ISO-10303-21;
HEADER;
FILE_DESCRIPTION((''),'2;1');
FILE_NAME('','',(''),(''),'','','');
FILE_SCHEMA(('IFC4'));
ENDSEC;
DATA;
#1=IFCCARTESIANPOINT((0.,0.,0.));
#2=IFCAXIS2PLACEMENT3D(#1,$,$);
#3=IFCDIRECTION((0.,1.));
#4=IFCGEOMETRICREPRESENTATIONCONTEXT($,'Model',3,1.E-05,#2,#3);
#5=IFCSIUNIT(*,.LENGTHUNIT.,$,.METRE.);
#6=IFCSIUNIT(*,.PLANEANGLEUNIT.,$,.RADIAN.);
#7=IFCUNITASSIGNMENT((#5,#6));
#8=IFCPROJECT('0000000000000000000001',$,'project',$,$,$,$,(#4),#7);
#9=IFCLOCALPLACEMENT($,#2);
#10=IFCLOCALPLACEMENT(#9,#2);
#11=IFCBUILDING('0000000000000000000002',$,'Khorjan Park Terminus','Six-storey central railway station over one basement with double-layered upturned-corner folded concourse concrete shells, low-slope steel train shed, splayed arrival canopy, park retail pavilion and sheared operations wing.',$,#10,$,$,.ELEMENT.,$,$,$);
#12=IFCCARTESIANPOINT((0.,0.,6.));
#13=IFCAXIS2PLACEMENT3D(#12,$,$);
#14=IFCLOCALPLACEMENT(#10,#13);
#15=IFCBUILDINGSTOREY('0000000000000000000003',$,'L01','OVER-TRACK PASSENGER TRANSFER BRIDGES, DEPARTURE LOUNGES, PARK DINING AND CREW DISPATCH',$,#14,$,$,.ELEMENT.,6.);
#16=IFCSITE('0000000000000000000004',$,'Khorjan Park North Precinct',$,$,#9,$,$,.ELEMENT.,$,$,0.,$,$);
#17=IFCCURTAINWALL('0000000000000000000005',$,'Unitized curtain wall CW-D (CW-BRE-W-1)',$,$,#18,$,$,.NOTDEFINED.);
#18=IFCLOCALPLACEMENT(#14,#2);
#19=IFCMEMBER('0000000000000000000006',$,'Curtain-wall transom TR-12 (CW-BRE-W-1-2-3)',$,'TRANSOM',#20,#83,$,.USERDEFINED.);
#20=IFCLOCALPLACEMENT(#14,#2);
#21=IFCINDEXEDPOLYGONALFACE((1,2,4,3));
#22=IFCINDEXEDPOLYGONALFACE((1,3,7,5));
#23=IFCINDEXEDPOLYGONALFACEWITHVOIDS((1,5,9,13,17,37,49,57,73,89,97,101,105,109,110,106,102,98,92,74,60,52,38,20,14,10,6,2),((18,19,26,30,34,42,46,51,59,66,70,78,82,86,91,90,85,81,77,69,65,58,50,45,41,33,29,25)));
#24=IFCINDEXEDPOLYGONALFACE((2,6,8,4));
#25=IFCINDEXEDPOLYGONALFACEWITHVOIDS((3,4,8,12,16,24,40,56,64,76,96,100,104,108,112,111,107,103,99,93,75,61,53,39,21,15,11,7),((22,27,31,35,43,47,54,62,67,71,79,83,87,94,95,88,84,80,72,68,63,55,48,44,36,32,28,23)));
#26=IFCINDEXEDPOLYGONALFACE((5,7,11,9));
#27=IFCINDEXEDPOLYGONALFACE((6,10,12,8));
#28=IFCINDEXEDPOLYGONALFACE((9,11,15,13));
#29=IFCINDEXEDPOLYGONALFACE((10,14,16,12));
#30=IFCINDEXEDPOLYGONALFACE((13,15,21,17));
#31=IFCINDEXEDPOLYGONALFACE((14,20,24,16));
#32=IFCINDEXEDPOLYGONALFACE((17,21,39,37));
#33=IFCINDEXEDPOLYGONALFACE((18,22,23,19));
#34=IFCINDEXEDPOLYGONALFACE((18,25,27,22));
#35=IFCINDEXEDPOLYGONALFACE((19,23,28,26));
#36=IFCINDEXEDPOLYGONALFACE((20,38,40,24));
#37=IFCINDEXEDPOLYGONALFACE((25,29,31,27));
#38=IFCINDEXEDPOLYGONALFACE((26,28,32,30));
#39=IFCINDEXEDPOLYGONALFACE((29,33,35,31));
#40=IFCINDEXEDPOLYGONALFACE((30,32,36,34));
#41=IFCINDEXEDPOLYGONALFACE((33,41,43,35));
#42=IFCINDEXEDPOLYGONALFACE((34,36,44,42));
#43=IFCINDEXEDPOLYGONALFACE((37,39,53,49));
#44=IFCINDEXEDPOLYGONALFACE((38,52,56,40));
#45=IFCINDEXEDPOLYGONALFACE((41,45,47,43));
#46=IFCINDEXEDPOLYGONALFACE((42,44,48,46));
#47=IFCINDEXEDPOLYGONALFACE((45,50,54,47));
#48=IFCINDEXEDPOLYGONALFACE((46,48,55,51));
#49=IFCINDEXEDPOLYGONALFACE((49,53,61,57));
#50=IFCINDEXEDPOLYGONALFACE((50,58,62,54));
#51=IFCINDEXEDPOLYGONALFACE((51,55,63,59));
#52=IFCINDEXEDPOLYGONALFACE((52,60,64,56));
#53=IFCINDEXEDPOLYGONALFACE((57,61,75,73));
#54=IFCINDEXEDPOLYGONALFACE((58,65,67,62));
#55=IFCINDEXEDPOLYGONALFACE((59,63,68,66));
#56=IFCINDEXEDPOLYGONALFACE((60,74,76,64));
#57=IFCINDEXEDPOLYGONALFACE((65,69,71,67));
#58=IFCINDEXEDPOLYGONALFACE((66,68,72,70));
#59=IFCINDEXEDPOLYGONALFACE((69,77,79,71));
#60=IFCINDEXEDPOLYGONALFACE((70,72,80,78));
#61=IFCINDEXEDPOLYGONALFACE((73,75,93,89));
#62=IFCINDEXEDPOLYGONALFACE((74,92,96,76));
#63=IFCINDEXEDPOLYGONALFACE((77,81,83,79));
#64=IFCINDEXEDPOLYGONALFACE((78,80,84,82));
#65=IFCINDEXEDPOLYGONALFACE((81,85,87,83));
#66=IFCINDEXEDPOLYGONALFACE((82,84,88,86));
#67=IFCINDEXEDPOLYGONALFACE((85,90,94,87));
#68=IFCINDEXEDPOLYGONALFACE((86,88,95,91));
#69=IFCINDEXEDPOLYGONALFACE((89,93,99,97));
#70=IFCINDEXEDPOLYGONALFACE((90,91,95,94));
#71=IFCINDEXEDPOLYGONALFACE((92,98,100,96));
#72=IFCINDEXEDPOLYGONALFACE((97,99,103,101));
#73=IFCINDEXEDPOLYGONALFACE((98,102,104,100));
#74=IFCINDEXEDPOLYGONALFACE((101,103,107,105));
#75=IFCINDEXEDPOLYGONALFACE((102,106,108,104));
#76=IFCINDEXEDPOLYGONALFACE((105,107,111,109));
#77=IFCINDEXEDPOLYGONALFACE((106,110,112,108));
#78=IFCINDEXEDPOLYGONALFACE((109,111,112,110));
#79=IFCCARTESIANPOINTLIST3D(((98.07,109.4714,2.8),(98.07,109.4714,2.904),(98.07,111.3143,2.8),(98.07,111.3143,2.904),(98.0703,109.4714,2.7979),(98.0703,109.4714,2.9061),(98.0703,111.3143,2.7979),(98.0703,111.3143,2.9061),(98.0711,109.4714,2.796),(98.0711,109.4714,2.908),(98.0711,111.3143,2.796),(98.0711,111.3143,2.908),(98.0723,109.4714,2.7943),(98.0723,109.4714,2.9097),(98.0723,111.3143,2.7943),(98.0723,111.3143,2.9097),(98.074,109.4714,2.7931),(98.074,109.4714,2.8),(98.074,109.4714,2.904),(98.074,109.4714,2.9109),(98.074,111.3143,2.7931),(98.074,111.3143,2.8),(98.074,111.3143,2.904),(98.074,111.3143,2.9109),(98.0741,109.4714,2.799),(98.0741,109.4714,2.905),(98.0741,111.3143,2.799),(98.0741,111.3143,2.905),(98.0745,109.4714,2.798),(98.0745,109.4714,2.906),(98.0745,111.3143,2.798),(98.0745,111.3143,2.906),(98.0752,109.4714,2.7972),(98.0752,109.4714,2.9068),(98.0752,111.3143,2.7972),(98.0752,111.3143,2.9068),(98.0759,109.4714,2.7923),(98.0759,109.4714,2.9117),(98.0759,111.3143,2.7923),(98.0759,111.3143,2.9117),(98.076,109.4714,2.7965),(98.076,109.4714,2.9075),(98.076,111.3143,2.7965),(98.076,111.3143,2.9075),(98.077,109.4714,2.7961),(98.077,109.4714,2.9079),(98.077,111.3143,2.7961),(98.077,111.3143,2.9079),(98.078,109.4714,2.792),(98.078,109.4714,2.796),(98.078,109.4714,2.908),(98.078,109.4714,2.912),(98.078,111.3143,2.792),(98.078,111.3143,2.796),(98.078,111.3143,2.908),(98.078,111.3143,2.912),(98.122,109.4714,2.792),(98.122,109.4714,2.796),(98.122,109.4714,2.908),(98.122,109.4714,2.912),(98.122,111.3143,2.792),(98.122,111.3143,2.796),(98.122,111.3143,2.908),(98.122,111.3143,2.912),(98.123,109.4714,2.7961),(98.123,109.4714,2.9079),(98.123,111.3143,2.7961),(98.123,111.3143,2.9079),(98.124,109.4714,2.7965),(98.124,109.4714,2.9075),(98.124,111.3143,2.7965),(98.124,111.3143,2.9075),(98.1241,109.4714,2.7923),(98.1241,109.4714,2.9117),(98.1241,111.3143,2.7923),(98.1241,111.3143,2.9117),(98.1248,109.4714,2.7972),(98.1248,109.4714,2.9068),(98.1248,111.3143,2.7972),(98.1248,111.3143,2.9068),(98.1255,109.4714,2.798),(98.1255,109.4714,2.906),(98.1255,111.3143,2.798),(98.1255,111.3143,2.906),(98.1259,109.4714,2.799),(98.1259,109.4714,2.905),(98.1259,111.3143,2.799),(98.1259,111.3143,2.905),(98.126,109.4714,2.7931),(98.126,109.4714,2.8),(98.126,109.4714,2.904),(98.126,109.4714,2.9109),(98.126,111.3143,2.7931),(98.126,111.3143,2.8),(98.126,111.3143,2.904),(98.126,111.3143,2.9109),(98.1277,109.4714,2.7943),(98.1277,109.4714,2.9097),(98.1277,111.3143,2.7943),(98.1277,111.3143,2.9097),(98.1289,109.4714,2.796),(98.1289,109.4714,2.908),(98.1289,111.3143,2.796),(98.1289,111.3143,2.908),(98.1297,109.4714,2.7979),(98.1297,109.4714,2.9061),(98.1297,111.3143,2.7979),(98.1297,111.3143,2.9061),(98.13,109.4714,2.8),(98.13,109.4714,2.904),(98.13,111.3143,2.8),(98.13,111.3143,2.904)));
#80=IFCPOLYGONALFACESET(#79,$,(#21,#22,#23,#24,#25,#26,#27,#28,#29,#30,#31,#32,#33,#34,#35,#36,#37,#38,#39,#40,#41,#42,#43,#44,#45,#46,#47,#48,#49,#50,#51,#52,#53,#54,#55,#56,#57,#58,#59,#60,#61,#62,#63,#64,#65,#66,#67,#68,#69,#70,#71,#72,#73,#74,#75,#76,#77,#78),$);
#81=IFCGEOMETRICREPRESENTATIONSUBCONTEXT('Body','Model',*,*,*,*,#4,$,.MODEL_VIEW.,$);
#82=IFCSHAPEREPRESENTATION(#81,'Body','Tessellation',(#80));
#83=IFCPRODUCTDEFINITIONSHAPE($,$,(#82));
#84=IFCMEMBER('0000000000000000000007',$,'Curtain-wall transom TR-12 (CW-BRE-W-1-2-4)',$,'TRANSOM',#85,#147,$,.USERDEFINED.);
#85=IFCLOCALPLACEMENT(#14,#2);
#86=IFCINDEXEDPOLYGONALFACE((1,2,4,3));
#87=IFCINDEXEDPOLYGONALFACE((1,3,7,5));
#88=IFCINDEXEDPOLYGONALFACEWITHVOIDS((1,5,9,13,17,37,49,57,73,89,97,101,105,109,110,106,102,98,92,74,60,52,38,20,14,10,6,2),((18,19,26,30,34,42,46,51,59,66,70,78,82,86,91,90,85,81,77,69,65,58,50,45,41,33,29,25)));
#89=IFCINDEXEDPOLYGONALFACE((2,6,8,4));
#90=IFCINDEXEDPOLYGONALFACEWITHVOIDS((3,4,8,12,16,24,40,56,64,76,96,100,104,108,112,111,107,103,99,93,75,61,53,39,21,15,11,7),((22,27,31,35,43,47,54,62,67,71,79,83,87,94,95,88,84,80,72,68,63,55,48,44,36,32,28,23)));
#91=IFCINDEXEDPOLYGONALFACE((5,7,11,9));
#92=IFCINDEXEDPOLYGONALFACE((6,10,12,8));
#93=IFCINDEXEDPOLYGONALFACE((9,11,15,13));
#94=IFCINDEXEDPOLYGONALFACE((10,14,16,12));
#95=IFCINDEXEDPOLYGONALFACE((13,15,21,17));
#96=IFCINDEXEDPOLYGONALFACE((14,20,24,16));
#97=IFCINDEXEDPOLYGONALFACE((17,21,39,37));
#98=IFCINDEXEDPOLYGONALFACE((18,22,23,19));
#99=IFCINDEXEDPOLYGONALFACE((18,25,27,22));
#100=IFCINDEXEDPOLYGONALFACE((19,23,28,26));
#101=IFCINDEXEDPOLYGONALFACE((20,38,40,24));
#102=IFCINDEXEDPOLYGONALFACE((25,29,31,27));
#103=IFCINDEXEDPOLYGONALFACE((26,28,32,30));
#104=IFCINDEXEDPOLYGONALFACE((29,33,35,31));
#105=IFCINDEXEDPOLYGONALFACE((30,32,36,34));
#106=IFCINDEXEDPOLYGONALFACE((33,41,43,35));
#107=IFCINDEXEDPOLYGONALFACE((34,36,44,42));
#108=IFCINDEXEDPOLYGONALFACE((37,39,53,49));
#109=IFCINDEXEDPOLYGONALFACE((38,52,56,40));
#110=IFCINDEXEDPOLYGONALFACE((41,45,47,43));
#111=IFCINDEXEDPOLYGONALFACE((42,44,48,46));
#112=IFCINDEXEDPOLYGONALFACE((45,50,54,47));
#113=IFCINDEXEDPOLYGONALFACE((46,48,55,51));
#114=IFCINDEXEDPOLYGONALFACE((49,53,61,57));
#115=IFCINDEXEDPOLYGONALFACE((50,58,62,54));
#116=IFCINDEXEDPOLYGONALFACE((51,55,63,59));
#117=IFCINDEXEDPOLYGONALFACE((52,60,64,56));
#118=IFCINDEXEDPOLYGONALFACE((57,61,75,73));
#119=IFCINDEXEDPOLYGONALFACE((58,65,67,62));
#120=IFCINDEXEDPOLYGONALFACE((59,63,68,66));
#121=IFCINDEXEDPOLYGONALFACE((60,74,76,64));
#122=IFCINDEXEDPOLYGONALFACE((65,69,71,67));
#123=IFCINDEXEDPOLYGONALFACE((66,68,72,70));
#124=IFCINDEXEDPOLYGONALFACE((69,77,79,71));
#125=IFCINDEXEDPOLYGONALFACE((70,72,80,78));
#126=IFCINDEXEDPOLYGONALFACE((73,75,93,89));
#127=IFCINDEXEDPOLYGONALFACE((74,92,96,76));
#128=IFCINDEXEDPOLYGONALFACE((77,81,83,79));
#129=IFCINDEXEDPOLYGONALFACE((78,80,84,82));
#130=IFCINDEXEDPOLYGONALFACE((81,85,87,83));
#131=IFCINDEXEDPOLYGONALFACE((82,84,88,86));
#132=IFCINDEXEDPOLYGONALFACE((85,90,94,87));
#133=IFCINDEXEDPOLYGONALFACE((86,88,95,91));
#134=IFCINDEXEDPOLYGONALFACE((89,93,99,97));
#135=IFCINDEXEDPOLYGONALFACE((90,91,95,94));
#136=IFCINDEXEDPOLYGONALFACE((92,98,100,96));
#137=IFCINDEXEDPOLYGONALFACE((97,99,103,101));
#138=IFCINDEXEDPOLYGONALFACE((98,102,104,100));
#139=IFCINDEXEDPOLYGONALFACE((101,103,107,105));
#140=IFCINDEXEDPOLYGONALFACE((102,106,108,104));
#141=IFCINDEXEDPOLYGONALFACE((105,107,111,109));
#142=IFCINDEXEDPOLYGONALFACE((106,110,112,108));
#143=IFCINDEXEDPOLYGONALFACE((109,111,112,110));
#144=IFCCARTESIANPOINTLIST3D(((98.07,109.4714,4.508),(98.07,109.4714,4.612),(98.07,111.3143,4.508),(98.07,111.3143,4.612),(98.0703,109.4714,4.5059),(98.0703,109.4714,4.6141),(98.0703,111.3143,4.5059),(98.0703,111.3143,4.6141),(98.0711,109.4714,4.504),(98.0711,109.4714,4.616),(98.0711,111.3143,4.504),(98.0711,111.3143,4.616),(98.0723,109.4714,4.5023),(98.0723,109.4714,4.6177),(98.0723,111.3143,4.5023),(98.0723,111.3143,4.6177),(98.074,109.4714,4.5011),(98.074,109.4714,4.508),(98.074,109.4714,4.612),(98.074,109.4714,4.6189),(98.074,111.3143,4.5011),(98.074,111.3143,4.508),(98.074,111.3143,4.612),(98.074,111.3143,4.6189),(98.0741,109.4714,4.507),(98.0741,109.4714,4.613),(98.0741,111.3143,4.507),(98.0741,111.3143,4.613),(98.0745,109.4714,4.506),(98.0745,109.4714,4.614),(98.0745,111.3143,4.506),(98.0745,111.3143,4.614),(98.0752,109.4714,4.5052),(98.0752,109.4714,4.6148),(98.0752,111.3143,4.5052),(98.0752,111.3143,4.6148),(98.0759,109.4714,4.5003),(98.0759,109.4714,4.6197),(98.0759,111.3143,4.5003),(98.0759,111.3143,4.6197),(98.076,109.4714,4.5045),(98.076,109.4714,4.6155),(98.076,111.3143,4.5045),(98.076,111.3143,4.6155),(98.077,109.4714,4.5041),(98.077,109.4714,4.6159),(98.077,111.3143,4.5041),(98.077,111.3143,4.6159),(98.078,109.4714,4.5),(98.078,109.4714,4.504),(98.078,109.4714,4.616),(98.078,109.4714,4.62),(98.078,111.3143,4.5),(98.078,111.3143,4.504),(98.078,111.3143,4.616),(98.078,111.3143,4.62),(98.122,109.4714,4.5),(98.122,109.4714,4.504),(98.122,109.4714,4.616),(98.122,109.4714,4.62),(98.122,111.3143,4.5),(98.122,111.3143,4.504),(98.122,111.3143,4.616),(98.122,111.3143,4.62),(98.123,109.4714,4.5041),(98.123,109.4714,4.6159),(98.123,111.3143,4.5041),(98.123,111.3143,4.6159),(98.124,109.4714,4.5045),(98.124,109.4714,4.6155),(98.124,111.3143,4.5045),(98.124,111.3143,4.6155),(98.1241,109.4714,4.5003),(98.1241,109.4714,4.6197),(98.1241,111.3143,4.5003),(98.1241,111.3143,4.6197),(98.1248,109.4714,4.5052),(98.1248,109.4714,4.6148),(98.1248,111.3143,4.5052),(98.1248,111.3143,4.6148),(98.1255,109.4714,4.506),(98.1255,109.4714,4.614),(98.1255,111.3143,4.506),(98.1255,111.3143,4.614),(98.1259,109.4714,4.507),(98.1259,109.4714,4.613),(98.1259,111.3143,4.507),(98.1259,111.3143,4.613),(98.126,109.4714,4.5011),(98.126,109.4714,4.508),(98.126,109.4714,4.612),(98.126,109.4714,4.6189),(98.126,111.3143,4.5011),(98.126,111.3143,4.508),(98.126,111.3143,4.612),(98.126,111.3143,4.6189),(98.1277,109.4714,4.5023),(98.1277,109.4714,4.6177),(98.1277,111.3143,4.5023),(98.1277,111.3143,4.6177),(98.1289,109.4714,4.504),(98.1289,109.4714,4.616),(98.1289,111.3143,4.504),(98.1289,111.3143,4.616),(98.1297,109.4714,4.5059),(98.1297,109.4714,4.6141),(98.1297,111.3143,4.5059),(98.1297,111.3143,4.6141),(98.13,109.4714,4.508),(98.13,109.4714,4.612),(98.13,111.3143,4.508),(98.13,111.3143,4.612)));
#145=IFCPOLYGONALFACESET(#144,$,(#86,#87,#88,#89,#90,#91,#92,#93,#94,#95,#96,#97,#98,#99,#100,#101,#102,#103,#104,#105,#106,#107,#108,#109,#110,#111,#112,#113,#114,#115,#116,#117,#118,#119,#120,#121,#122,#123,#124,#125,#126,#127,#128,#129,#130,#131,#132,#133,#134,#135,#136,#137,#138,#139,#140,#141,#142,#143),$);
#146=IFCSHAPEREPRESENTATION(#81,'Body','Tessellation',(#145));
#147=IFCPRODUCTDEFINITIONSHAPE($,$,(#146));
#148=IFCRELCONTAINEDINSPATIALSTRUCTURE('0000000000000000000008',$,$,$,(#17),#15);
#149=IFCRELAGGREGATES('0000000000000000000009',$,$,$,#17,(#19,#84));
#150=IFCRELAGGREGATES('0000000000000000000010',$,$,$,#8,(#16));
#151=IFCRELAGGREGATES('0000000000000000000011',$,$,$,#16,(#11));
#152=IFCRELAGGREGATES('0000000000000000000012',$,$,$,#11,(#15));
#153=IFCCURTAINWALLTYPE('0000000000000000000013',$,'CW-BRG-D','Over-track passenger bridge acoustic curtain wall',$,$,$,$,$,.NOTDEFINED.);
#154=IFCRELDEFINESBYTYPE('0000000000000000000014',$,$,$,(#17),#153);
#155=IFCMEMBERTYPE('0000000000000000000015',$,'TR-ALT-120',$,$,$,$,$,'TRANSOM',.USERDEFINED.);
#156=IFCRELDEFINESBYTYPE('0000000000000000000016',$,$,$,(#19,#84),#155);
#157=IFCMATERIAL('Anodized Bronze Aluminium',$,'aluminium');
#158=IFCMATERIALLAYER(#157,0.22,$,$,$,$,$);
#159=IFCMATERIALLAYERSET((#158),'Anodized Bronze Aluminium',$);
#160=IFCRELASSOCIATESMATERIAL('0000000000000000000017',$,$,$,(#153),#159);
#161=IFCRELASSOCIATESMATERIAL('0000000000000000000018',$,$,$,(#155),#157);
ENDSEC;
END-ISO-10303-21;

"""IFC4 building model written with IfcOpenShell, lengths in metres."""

from ifc_helpers import new_model, si_unit, direction, frame, origin, origin_2d, place, context, subcontext, project, spatial, hollow_rectangle, extrude, material, layer, layer_set, material_profile, profile_set, type_object, element, aggregate, save


model = new_model("IFC4")

# Units and contexts
model_context = context("Model", 3, precision=1e-05, world=origin(), true_north=direction((0.0, 1.0)))
body_context = subcontext(model_context, "Body", "Model", "MODEL_VIEW")
ifc_project = project(units=[si_unit("LENGTHUNIT", "METRE"), si_unit("PLANEANGLEUNIT", "RADIAN")], contexts=[model_context])

# Site, building, storey
site_placement = place(None, origin())
site = spatial("IfcSite", under=ifc_project, at=site_placement, Name="Khorjan Park North Precinct", CompositionType="ELEMENT", RefElevation=0.0)
building_placement = place(site_placement, origin())
building = spatial("IfcBuilding", under=site, at=building_placement, Name="Khorjan Park Terminus", Description="Six-storey central railway station over one basement with double-layered upturned-corner folded concourse concrete shells, low-slope steel train shed, splayed arrival canopy, park retail pavilion and sheared operations wing.", CompositionType="ELEMENT")
storey_placement = place(building_placement, frame((0.0, 0.0, 6.0)))
storey = spatial("IfcBuildingStorey", under=building, at=storey_placement, Name="L01", Description="OVER-TRACK PASSENGER TRANSFER BRIDGES, DEPARTURE LOUNGES, PARK DINING AND CREW DISPATCH", CompositionType="ELEMENT", Elevation=6.0)

# Shared definitions
ifc_material_1 = material(Name="Anodized Bronze Aluminium", Category="aluminium")
ifc_layer_1 = layer(ifc_material_1, 0.22)
ifc_layer_set_1 = layer_set([ifc_layer_1], Name="Anodized Bronze Aluminium")
curtain_wall_type = type_object("IfcCurtainWallType", Name="CW-BRG-D", Description="Over-track passenger bridge acoustic curtain wall", PredefinedType="NOTDEFINED", material=ifc_layer_set_1)

# Curtain wall
curtain_wall_1_placement = place(storey_placement, origin())
curtain_wall_1 = element("IfcCurtainWall", 1, at=curtain_wall_1_placement, inside=storey, type_object=curtain_wall_type, Name="Unitized curtain wall CW-D (CW-BRE-W-1)", PredefinedType="NOTDEFINED")

# Members
ifc_material_profile_1 = material_profile(ifc_material_1, hollow_rectangle(XDim=0.06, YDim=0.12, WallThickness=0.004, InnerFilletRadius=0.004, OuterFilletRadius=0.008, at=origin_2d()), Name="ALT 60x120x4")
ifc_profile_set_1 = profile_set([ifc_material_profile_1], Name="Anodized Bronze Aluminium")
member_type_1 = type_object("IfcMemberType", Name="TR-ALT-120", ElementType="TRANSOM", PredefinedType="USERDEFINED", material=ifc_profile_set_1)
member_1_placement = place(storey_placement, frame((98.1, 111.3143, 2.852), z_axis=(0.0, -1.0, 0.0), x_axis=(1.0, 0.0, 0.0)))
member_1 = element("IfcMember", 2, at=member_1_placement, type_object=member_type_1, Name="Curtain-wall transom TR-12 (CW-BRE-W-1-2-3)", ObjectType="TRANSOM", PredefinedType="USERDEFINED", context=body_context, shape_type="SweptSolid", body=[
    extrude(hollow_rectangle(XDim=0.06, YDim=0.12, WallThickness=0.004, InnerFilletRadius=0.004, OuterFilletRadius=0.008, at=origin_2d()), origin(), (0.0, 0.0, 1.0), 1.8429),
])
member_2_placement = place(storey_placement, frame((98.1, 111.3143, 4.56), z_axis=(0.0, -1.0, 0.0), x_axis=(1.0, 0.0, 0.0)))
member_2 = element("IfcMember", 3, at=member_2_placement, type_object=member_type_1, Name="Curtain-wall transom TR-12 (CW-BRE-W-1-2-4)", ObjectType="TRANSOM", PredefinedType="USERDEFINED", context=body_context, shape_type="SweptSolid", body=[
    extrude(hollow_rectangle(XDim=0.06, YDim=0.12, WallThickness=0.004, InnerFilletRadius=0.004, OuterFilletRadius=0.008, at=origin_2d()), origin(), (0.0, 0.0, 1.0), 1.8429),
])

aggregate(curtain_wall_1, [member_1, member_2])

save(model, "model.ifc")
